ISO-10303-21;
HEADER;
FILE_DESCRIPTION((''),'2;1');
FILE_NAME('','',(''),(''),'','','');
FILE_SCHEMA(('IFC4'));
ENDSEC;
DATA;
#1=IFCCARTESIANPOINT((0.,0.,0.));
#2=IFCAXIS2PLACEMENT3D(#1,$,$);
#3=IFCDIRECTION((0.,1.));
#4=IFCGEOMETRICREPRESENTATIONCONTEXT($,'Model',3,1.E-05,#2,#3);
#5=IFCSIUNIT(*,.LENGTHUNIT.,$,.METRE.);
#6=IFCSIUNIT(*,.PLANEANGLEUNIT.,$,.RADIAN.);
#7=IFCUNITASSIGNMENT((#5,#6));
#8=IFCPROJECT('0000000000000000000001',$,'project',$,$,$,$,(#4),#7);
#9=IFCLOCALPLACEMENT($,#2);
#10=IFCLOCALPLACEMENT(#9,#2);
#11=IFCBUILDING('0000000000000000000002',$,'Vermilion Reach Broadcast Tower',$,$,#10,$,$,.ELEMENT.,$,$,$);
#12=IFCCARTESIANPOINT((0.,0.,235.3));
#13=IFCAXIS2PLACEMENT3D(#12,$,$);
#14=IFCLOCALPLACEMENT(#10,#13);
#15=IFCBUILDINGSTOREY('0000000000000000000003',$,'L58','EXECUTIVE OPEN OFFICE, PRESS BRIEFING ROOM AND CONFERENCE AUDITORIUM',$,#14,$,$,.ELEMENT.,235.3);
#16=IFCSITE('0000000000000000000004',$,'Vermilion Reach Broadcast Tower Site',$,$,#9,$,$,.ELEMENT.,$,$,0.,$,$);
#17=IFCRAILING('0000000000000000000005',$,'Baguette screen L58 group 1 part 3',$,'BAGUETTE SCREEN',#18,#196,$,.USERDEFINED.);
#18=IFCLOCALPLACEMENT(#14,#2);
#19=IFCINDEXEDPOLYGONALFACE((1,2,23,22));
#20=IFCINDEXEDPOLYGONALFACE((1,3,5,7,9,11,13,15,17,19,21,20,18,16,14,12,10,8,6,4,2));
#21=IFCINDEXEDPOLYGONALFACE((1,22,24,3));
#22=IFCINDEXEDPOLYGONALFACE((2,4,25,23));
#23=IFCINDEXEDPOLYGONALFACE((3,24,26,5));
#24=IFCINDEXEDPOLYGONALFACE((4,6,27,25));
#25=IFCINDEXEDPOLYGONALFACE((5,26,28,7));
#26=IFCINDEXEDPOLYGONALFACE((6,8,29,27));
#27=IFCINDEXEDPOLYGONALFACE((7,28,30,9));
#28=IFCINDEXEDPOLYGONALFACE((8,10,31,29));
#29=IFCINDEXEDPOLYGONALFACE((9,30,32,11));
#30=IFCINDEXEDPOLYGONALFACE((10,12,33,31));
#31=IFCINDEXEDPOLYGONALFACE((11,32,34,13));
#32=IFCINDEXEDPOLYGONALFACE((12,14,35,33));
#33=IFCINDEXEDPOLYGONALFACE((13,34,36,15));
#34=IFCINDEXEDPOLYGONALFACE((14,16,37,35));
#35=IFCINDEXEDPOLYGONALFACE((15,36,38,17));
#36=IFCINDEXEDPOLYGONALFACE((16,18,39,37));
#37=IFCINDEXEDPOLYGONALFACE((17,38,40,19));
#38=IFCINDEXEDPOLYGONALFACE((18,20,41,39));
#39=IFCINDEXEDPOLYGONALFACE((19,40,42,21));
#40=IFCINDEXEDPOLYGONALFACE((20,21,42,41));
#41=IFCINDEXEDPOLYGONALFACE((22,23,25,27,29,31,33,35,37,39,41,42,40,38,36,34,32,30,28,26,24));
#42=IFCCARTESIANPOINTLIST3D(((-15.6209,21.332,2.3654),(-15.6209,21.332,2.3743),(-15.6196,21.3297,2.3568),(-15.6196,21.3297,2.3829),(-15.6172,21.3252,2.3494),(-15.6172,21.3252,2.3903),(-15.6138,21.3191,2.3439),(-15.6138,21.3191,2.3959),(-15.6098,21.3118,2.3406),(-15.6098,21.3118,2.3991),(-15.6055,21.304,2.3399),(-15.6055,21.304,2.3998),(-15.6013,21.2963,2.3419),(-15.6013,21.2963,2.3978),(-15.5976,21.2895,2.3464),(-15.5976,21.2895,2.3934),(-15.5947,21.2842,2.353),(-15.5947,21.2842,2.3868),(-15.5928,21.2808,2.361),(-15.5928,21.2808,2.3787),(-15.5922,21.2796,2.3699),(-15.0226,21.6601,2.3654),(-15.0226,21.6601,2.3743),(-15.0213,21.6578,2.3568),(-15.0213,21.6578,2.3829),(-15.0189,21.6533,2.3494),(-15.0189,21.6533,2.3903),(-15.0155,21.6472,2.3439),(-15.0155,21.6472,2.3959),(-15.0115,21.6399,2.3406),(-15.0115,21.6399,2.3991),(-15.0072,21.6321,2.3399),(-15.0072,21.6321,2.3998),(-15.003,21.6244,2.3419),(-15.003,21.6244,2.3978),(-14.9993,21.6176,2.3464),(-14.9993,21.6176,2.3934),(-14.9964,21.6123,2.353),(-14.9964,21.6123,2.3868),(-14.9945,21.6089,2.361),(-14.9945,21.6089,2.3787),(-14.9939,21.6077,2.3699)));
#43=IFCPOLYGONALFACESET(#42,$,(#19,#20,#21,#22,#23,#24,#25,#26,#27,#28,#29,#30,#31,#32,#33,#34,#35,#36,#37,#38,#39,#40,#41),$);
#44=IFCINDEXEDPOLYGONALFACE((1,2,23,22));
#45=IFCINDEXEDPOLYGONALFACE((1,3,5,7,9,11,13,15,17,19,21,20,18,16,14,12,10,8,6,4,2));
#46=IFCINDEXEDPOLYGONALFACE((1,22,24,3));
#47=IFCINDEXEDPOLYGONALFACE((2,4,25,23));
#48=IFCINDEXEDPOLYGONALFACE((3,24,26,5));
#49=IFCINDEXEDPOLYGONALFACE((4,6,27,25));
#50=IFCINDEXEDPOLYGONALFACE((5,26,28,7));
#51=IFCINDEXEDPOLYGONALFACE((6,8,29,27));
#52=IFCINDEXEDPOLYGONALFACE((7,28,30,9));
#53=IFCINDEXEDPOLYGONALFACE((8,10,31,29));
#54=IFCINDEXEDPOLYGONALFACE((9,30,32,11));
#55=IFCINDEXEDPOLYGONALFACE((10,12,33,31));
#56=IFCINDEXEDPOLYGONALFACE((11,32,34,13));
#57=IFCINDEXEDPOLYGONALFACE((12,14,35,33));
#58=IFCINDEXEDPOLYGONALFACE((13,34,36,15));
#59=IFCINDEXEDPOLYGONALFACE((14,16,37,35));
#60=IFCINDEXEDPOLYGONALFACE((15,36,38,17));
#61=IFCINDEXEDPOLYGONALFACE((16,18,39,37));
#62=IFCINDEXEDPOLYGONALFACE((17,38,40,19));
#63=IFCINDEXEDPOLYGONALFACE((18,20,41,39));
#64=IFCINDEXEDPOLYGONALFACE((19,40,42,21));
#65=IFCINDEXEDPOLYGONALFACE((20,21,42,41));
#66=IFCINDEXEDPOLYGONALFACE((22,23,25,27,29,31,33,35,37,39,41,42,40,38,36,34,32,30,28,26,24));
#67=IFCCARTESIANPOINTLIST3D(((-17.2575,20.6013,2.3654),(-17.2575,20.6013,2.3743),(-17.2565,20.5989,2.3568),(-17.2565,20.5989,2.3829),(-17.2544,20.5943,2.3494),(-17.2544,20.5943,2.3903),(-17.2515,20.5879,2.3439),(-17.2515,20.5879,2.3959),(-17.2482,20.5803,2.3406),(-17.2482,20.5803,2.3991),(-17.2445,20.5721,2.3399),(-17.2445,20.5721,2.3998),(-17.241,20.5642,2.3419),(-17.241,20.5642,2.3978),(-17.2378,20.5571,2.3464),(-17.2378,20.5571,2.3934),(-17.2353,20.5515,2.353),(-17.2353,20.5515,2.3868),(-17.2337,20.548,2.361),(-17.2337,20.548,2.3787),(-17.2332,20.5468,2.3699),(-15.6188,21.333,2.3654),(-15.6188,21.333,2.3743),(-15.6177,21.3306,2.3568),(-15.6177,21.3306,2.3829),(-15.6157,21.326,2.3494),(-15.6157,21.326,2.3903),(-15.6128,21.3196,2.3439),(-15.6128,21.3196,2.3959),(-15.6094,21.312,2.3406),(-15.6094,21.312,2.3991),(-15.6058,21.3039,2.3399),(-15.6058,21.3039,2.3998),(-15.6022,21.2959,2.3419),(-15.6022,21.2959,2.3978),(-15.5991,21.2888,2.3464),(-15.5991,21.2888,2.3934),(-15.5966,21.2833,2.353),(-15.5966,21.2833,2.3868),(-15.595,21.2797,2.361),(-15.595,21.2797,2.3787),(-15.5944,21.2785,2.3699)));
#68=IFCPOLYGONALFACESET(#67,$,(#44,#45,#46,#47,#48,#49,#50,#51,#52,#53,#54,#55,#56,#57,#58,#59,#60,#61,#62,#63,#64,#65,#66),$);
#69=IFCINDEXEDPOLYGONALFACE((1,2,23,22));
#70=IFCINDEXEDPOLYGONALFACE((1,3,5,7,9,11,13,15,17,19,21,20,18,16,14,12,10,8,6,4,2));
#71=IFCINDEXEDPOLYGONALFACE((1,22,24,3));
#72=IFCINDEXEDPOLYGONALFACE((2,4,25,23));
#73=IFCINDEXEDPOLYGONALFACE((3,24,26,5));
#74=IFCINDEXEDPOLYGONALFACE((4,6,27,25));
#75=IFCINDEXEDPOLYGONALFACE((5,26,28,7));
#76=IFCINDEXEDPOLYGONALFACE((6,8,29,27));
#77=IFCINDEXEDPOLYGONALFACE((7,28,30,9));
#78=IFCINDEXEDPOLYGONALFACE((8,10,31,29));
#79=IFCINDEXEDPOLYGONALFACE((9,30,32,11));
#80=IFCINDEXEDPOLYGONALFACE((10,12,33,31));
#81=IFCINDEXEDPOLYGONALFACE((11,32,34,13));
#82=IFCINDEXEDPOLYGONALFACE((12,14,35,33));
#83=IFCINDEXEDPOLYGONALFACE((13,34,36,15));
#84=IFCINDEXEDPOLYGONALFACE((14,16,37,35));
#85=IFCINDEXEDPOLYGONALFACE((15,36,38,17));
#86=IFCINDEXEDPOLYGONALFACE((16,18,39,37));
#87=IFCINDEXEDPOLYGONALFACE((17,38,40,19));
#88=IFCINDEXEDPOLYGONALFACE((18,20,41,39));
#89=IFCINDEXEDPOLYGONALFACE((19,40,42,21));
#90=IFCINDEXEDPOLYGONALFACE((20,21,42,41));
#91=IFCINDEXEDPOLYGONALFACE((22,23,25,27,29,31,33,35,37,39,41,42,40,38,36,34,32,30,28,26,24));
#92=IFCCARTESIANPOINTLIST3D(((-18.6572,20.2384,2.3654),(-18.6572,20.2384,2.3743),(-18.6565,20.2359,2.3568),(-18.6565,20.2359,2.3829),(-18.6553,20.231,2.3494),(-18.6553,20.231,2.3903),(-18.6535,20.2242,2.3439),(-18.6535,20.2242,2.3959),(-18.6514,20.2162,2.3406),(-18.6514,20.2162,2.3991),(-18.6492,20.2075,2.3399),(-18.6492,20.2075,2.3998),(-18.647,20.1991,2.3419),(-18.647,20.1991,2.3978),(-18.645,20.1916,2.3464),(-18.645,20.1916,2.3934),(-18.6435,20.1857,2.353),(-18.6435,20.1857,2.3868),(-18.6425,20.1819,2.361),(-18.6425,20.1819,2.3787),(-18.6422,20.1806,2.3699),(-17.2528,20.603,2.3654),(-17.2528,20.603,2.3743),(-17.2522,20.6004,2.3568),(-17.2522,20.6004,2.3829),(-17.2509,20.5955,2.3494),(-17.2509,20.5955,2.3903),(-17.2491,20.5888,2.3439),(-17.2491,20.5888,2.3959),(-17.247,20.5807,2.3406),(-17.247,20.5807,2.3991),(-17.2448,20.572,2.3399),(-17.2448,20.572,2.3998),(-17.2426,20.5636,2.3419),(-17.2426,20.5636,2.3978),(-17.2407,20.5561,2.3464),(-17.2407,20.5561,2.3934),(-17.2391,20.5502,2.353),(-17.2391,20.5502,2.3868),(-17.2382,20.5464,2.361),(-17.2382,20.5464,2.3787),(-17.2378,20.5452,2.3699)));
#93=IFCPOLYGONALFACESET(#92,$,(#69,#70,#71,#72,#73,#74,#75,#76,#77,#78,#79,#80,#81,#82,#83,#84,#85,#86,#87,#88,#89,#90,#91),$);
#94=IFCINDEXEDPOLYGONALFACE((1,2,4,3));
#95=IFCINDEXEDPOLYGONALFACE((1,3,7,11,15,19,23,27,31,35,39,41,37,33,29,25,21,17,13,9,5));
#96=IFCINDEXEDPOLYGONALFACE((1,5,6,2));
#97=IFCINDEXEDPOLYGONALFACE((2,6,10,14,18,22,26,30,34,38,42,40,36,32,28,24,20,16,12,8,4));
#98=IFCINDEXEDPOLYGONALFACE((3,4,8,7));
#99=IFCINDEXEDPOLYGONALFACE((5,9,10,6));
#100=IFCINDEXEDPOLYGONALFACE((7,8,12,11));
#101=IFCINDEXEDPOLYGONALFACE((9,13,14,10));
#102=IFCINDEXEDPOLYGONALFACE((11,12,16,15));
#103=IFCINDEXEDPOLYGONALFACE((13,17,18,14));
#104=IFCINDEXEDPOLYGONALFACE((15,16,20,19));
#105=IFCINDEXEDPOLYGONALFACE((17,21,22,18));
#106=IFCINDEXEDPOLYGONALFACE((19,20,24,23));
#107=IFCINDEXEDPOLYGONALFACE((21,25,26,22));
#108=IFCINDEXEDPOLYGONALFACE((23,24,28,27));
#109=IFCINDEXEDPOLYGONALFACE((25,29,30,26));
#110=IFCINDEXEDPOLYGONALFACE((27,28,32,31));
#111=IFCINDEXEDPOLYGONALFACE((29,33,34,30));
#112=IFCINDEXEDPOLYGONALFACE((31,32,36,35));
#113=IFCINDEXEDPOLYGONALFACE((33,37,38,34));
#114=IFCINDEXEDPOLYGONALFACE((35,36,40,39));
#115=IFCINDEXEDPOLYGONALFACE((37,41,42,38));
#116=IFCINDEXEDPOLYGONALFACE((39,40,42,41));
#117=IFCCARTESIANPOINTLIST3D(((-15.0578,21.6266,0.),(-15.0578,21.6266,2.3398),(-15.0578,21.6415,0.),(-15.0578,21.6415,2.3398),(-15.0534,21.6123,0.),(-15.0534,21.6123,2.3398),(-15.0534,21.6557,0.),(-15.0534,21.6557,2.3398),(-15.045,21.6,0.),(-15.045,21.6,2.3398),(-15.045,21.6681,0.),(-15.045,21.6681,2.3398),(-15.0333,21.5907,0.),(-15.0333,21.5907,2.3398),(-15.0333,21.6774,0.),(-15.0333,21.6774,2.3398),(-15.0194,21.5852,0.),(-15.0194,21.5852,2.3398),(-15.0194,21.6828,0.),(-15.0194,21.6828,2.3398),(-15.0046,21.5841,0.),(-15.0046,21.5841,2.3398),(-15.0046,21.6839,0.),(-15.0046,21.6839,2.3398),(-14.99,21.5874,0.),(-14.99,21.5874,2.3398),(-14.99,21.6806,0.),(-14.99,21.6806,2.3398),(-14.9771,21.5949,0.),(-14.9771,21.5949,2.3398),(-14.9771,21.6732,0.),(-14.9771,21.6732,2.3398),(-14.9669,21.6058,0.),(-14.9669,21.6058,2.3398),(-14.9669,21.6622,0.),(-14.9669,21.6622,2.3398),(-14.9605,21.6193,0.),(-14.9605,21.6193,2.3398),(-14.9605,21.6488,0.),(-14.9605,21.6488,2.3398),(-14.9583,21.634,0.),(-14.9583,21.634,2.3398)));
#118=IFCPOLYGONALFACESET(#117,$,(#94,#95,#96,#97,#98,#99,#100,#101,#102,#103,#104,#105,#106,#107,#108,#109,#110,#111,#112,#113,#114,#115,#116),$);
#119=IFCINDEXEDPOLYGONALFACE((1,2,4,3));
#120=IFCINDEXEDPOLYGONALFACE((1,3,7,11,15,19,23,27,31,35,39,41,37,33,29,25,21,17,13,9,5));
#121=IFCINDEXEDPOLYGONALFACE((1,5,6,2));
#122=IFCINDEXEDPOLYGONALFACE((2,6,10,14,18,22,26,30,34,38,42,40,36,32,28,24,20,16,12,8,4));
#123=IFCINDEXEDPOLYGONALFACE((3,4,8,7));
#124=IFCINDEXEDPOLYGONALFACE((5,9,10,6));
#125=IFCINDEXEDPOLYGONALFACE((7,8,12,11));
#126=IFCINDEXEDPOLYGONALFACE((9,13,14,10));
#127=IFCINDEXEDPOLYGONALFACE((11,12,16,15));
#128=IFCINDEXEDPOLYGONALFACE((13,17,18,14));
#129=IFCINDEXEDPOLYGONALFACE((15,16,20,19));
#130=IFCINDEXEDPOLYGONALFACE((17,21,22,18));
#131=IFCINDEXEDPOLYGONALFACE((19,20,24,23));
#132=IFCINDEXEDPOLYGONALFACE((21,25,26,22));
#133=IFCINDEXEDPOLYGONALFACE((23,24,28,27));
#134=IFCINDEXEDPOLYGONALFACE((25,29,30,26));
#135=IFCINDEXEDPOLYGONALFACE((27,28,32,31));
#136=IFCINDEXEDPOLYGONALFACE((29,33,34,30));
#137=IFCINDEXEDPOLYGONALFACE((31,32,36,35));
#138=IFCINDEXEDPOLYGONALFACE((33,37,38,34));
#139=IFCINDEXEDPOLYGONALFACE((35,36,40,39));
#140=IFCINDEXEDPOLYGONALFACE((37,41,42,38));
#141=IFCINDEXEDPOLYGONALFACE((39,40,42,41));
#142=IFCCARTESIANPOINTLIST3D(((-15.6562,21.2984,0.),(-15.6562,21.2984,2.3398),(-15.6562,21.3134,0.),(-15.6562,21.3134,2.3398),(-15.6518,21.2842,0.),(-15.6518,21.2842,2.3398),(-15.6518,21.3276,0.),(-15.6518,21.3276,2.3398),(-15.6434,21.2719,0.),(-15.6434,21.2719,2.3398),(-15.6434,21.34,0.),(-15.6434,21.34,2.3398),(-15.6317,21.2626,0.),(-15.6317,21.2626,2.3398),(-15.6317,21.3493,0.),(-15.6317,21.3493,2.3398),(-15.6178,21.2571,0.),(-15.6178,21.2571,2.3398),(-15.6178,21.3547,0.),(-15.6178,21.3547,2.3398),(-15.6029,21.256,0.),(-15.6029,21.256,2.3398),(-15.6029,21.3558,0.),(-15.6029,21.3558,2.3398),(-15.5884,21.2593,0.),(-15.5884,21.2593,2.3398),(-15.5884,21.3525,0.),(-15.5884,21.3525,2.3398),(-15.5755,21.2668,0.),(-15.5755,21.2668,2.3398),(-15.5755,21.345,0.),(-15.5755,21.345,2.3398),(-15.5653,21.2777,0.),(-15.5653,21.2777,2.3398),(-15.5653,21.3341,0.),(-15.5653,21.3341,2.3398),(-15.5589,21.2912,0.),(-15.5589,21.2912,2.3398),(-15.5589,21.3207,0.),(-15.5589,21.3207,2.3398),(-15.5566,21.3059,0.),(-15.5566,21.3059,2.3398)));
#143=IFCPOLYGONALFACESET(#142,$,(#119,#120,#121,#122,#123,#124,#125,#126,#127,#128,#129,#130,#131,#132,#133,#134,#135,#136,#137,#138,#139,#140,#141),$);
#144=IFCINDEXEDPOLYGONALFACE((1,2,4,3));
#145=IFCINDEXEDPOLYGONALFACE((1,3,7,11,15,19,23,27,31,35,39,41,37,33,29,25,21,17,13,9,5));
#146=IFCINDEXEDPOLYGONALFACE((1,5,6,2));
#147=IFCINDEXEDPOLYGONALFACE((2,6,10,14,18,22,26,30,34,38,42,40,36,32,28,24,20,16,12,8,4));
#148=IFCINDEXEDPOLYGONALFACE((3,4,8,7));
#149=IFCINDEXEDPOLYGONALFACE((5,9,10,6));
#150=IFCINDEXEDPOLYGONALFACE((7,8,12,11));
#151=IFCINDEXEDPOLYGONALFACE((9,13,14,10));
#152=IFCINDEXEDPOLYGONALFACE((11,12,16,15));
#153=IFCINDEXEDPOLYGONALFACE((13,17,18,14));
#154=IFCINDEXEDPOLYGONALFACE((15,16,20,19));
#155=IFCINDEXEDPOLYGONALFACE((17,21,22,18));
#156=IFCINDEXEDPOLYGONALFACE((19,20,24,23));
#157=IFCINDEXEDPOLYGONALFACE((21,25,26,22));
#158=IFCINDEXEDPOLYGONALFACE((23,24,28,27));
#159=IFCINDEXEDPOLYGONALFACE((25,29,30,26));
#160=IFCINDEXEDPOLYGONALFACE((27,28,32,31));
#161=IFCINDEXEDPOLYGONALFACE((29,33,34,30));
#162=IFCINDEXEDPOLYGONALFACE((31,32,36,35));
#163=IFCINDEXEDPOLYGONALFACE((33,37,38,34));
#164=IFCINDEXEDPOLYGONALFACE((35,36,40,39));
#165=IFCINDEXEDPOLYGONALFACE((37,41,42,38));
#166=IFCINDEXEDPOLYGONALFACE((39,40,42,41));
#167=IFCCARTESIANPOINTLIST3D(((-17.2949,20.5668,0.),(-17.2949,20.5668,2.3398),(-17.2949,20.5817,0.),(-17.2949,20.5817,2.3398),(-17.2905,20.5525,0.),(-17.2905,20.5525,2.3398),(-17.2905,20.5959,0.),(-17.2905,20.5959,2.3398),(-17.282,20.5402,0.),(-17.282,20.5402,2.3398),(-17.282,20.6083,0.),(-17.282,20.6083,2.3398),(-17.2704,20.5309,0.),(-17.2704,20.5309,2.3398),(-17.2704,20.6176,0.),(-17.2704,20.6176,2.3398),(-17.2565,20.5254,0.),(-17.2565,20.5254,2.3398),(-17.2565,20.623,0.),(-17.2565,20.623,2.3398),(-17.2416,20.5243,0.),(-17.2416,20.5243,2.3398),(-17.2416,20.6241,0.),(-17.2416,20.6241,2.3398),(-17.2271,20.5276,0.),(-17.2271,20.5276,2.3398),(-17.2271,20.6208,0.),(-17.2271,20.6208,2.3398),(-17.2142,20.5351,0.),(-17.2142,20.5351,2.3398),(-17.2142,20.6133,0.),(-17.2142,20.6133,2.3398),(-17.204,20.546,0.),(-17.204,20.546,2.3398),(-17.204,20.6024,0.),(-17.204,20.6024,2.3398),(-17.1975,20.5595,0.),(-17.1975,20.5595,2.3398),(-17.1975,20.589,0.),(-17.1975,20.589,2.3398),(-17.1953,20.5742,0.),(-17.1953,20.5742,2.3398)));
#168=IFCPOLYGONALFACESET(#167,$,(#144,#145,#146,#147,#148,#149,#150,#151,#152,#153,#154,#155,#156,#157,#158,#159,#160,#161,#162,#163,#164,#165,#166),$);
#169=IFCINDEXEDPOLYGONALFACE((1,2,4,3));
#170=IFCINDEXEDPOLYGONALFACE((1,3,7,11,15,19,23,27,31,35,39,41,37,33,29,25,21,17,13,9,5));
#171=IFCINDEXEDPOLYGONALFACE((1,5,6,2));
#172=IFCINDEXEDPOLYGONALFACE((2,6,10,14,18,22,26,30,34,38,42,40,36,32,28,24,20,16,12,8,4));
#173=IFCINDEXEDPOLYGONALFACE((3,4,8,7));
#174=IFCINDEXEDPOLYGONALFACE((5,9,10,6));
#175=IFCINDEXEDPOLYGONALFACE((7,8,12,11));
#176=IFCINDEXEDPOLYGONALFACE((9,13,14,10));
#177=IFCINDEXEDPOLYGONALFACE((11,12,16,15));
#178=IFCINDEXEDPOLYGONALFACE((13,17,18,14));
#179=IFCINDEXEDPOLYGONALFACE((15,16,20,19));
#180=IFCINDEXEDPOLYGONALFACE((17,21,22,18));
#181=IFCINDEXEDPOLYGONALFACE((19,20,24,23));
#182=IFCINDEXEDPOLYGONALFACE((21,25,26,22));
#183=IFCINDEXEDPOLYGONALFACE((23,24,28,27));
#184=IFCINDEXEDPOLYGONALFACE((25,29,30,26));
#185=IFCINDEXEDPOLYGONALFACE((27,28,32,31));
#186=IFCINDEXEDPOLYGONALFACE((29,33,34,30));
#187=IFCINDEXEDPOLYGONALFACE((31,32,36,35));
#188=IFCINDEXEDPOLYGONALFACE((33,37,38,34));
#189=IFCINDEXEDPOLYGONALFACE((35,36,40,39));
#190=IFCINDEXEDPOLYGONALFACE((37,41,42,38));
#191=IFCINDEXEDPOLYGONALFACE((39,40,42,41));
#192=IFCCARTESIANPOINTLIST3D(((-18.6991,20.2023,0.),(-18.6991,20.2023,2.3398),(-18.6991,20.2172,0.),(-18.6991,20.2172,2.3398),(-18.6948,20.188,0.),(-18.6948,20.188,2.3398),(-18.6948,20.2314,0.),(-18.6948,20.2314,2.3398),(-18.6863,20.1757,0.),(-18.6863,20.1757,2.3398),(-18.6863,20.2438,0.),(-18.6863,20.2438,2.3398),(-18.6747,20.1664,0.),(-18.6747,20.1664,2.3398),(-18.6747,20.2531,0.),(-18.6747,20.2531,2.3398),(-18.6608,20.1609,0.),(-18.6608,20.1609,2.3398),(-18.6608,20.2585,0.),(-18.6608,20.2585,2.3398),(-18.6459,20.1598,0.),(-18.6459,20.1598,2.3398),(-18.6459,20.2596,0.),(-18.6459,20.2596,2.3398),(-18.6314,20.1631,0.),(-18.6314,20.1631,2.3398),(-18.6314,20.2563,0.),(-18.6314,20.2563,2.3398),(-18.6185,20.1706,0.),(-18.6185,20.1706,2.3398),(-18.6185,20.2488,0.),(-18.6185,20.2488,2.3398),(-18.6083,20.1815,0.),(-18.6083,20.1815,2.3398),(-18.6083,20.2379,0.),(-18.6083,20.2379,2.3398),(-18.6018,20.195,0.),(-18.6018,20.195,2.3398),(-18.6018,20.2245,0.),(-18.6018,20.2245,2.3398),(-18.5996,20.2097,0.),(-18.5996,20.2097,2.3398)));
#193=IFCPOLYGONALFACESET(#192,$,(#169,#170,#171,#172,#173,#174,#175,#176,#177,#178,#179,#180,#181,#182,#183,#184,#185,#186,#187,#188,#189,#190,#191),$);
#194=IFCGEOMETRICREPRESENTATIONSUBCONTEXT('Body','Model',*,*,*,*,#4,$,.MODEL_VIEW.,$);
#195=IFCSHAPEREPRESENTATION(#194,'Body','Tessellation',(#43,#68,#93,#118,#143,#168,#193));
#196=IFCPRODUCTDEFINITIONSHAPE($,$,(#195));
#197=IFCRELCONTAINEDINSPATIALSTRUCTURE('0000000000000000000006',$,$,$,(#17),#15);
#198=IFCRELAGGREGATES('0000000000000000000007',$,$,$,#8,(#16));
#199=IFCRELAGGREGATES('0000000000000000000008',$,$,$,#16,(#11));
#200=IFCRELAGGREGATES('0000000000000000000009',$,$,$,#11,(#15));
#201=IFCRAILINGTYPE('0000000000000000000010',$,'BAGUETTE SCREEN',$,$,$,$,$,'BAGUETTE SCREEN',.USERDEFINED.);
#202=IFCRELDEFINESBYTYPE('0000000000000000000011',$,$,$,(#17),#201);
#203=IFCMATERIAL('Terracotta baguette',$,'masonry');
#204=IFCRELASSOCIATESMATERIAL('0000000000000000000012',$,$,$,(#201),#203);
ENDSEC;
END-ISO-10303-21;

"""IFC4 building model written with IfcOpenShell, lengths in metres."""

from ifc_helpers import new_model, si_unit, direction, frame, origin, origin_2d, place, context, subcontext, project, spatial, circle, extrude, material, type_object, element, save


model = new_model("IFC4")

# Units and contexts
model_context = context("Model", 3, precision=1e-05, world=origin(), true_north=direction((0.0, 1.0)))
body_context = subcontext(model_context, "Body", "Model", "MODEL_VIEW")
ifc_project = project(units=[si_unit("LENGTHUNIT", "METRE"), si_unit("PLANEANGLEUNIT", "RADIAN")], contexts=[model_context])

# Site, building, storey
site_placement = place(None, origin())
site = spatial("IfcSite", under=ifc_project, at=site_placement, Name="Vermilion Reach Broadcast Tower Site", CompositionType="ELEMENT", RefElevation=0.0)
building_placement = place(site_placement, origin())
building = spatial("IfcBuilding", under=site, at=building_placement, Name="Vermilion Reach Broadcast Tower", CompositionType="ELEMENT")
storey_placement = place(building_placement, frame((0.0, 0.0, 235.3)))
storey = spatial("IfcBuildingStorey", under=building, at=storey_placement, Name="L58", Description="EXECUTIVE OPEN OFFICE, PRESS BRIEFING ROOM AND CONFERENCE AUDITORIUM", CompositionType="ELEMENT", Elevation=235.3)

# Railing
ifc_material_1 = material(Name="Terracotta baguette", Category="masonry")
railing_type = type_object("IfcRailingType", Name="BAGUETTE SCREEN", ElementType="BAGUETTE SCREEN", PredefinedType="USERDEFINED", material=ifc_material_1)
railing_placement = place(storey_placement, frame((-15.0083, 21.634, 0.0)))
element("IfcRailing", 1, at=railing_placement, inside=storey, type_object=railing_type, Name="Baguette screen L58 group 1 part 3", ObjectType="BAGUETTE SCREEN", PredefinedType="USERDEFINED", context=body_context, shape_type="SweptSolid", body=[
    extrude(circle(Radius=0.03, at=origin_2d()), frame((0.0, 0.0, 2.3699), z_axis=(-0.876827, -0.480806, 0.0), x_axis=(0.480806, -0.876827, 0.0)), (0.0, 0.0, 1.0), 0.6824),
    extrude(circle(Radius=0.03, at=origin_2d()), frame((-0.5984, -0.3281, 2.3699), z_axis=(-0.913109, -0.407716, 0.0), x_axis=(0.407716, -0.913109, 0.0)), (0.0, 0.0, 1.0), 1.7947),
    extrude(circle(Radius=0.03, at=origin_2d()), frame((-2.2371, -1.0598, 2.3699), z_axis=(-0.967926, -0.251237, 0.0), x_axis=(0.251237, -0.967926, 0.0)), (0.0, 0.0, 1.0), 1.4509),
    extrude(circle(Radius=0.05, at=origin_2d()), origin(), (0.0, 0.0, 1.0), 2.3398),
    extrude(circle(Radius=0.05, at=origin_2d()), frame((-0.5984, -0.3281, 0.0)), (0.0, 0.0, 1.0), 2.3398),
    extrude(circle(Radius=0.05, at=origin_2d()), frame((-2.2371, -1.0598, 0.0)), (0.0, 0.0, 1.0), 2.3398),
    extrude(circle(Radius=0.05, at=origin_2d()), frame((-3.6414, -1.4243, 0.0)), (0.0, 0.0, 1.0), 2.3398),
])

save(model, "model.ifc")
